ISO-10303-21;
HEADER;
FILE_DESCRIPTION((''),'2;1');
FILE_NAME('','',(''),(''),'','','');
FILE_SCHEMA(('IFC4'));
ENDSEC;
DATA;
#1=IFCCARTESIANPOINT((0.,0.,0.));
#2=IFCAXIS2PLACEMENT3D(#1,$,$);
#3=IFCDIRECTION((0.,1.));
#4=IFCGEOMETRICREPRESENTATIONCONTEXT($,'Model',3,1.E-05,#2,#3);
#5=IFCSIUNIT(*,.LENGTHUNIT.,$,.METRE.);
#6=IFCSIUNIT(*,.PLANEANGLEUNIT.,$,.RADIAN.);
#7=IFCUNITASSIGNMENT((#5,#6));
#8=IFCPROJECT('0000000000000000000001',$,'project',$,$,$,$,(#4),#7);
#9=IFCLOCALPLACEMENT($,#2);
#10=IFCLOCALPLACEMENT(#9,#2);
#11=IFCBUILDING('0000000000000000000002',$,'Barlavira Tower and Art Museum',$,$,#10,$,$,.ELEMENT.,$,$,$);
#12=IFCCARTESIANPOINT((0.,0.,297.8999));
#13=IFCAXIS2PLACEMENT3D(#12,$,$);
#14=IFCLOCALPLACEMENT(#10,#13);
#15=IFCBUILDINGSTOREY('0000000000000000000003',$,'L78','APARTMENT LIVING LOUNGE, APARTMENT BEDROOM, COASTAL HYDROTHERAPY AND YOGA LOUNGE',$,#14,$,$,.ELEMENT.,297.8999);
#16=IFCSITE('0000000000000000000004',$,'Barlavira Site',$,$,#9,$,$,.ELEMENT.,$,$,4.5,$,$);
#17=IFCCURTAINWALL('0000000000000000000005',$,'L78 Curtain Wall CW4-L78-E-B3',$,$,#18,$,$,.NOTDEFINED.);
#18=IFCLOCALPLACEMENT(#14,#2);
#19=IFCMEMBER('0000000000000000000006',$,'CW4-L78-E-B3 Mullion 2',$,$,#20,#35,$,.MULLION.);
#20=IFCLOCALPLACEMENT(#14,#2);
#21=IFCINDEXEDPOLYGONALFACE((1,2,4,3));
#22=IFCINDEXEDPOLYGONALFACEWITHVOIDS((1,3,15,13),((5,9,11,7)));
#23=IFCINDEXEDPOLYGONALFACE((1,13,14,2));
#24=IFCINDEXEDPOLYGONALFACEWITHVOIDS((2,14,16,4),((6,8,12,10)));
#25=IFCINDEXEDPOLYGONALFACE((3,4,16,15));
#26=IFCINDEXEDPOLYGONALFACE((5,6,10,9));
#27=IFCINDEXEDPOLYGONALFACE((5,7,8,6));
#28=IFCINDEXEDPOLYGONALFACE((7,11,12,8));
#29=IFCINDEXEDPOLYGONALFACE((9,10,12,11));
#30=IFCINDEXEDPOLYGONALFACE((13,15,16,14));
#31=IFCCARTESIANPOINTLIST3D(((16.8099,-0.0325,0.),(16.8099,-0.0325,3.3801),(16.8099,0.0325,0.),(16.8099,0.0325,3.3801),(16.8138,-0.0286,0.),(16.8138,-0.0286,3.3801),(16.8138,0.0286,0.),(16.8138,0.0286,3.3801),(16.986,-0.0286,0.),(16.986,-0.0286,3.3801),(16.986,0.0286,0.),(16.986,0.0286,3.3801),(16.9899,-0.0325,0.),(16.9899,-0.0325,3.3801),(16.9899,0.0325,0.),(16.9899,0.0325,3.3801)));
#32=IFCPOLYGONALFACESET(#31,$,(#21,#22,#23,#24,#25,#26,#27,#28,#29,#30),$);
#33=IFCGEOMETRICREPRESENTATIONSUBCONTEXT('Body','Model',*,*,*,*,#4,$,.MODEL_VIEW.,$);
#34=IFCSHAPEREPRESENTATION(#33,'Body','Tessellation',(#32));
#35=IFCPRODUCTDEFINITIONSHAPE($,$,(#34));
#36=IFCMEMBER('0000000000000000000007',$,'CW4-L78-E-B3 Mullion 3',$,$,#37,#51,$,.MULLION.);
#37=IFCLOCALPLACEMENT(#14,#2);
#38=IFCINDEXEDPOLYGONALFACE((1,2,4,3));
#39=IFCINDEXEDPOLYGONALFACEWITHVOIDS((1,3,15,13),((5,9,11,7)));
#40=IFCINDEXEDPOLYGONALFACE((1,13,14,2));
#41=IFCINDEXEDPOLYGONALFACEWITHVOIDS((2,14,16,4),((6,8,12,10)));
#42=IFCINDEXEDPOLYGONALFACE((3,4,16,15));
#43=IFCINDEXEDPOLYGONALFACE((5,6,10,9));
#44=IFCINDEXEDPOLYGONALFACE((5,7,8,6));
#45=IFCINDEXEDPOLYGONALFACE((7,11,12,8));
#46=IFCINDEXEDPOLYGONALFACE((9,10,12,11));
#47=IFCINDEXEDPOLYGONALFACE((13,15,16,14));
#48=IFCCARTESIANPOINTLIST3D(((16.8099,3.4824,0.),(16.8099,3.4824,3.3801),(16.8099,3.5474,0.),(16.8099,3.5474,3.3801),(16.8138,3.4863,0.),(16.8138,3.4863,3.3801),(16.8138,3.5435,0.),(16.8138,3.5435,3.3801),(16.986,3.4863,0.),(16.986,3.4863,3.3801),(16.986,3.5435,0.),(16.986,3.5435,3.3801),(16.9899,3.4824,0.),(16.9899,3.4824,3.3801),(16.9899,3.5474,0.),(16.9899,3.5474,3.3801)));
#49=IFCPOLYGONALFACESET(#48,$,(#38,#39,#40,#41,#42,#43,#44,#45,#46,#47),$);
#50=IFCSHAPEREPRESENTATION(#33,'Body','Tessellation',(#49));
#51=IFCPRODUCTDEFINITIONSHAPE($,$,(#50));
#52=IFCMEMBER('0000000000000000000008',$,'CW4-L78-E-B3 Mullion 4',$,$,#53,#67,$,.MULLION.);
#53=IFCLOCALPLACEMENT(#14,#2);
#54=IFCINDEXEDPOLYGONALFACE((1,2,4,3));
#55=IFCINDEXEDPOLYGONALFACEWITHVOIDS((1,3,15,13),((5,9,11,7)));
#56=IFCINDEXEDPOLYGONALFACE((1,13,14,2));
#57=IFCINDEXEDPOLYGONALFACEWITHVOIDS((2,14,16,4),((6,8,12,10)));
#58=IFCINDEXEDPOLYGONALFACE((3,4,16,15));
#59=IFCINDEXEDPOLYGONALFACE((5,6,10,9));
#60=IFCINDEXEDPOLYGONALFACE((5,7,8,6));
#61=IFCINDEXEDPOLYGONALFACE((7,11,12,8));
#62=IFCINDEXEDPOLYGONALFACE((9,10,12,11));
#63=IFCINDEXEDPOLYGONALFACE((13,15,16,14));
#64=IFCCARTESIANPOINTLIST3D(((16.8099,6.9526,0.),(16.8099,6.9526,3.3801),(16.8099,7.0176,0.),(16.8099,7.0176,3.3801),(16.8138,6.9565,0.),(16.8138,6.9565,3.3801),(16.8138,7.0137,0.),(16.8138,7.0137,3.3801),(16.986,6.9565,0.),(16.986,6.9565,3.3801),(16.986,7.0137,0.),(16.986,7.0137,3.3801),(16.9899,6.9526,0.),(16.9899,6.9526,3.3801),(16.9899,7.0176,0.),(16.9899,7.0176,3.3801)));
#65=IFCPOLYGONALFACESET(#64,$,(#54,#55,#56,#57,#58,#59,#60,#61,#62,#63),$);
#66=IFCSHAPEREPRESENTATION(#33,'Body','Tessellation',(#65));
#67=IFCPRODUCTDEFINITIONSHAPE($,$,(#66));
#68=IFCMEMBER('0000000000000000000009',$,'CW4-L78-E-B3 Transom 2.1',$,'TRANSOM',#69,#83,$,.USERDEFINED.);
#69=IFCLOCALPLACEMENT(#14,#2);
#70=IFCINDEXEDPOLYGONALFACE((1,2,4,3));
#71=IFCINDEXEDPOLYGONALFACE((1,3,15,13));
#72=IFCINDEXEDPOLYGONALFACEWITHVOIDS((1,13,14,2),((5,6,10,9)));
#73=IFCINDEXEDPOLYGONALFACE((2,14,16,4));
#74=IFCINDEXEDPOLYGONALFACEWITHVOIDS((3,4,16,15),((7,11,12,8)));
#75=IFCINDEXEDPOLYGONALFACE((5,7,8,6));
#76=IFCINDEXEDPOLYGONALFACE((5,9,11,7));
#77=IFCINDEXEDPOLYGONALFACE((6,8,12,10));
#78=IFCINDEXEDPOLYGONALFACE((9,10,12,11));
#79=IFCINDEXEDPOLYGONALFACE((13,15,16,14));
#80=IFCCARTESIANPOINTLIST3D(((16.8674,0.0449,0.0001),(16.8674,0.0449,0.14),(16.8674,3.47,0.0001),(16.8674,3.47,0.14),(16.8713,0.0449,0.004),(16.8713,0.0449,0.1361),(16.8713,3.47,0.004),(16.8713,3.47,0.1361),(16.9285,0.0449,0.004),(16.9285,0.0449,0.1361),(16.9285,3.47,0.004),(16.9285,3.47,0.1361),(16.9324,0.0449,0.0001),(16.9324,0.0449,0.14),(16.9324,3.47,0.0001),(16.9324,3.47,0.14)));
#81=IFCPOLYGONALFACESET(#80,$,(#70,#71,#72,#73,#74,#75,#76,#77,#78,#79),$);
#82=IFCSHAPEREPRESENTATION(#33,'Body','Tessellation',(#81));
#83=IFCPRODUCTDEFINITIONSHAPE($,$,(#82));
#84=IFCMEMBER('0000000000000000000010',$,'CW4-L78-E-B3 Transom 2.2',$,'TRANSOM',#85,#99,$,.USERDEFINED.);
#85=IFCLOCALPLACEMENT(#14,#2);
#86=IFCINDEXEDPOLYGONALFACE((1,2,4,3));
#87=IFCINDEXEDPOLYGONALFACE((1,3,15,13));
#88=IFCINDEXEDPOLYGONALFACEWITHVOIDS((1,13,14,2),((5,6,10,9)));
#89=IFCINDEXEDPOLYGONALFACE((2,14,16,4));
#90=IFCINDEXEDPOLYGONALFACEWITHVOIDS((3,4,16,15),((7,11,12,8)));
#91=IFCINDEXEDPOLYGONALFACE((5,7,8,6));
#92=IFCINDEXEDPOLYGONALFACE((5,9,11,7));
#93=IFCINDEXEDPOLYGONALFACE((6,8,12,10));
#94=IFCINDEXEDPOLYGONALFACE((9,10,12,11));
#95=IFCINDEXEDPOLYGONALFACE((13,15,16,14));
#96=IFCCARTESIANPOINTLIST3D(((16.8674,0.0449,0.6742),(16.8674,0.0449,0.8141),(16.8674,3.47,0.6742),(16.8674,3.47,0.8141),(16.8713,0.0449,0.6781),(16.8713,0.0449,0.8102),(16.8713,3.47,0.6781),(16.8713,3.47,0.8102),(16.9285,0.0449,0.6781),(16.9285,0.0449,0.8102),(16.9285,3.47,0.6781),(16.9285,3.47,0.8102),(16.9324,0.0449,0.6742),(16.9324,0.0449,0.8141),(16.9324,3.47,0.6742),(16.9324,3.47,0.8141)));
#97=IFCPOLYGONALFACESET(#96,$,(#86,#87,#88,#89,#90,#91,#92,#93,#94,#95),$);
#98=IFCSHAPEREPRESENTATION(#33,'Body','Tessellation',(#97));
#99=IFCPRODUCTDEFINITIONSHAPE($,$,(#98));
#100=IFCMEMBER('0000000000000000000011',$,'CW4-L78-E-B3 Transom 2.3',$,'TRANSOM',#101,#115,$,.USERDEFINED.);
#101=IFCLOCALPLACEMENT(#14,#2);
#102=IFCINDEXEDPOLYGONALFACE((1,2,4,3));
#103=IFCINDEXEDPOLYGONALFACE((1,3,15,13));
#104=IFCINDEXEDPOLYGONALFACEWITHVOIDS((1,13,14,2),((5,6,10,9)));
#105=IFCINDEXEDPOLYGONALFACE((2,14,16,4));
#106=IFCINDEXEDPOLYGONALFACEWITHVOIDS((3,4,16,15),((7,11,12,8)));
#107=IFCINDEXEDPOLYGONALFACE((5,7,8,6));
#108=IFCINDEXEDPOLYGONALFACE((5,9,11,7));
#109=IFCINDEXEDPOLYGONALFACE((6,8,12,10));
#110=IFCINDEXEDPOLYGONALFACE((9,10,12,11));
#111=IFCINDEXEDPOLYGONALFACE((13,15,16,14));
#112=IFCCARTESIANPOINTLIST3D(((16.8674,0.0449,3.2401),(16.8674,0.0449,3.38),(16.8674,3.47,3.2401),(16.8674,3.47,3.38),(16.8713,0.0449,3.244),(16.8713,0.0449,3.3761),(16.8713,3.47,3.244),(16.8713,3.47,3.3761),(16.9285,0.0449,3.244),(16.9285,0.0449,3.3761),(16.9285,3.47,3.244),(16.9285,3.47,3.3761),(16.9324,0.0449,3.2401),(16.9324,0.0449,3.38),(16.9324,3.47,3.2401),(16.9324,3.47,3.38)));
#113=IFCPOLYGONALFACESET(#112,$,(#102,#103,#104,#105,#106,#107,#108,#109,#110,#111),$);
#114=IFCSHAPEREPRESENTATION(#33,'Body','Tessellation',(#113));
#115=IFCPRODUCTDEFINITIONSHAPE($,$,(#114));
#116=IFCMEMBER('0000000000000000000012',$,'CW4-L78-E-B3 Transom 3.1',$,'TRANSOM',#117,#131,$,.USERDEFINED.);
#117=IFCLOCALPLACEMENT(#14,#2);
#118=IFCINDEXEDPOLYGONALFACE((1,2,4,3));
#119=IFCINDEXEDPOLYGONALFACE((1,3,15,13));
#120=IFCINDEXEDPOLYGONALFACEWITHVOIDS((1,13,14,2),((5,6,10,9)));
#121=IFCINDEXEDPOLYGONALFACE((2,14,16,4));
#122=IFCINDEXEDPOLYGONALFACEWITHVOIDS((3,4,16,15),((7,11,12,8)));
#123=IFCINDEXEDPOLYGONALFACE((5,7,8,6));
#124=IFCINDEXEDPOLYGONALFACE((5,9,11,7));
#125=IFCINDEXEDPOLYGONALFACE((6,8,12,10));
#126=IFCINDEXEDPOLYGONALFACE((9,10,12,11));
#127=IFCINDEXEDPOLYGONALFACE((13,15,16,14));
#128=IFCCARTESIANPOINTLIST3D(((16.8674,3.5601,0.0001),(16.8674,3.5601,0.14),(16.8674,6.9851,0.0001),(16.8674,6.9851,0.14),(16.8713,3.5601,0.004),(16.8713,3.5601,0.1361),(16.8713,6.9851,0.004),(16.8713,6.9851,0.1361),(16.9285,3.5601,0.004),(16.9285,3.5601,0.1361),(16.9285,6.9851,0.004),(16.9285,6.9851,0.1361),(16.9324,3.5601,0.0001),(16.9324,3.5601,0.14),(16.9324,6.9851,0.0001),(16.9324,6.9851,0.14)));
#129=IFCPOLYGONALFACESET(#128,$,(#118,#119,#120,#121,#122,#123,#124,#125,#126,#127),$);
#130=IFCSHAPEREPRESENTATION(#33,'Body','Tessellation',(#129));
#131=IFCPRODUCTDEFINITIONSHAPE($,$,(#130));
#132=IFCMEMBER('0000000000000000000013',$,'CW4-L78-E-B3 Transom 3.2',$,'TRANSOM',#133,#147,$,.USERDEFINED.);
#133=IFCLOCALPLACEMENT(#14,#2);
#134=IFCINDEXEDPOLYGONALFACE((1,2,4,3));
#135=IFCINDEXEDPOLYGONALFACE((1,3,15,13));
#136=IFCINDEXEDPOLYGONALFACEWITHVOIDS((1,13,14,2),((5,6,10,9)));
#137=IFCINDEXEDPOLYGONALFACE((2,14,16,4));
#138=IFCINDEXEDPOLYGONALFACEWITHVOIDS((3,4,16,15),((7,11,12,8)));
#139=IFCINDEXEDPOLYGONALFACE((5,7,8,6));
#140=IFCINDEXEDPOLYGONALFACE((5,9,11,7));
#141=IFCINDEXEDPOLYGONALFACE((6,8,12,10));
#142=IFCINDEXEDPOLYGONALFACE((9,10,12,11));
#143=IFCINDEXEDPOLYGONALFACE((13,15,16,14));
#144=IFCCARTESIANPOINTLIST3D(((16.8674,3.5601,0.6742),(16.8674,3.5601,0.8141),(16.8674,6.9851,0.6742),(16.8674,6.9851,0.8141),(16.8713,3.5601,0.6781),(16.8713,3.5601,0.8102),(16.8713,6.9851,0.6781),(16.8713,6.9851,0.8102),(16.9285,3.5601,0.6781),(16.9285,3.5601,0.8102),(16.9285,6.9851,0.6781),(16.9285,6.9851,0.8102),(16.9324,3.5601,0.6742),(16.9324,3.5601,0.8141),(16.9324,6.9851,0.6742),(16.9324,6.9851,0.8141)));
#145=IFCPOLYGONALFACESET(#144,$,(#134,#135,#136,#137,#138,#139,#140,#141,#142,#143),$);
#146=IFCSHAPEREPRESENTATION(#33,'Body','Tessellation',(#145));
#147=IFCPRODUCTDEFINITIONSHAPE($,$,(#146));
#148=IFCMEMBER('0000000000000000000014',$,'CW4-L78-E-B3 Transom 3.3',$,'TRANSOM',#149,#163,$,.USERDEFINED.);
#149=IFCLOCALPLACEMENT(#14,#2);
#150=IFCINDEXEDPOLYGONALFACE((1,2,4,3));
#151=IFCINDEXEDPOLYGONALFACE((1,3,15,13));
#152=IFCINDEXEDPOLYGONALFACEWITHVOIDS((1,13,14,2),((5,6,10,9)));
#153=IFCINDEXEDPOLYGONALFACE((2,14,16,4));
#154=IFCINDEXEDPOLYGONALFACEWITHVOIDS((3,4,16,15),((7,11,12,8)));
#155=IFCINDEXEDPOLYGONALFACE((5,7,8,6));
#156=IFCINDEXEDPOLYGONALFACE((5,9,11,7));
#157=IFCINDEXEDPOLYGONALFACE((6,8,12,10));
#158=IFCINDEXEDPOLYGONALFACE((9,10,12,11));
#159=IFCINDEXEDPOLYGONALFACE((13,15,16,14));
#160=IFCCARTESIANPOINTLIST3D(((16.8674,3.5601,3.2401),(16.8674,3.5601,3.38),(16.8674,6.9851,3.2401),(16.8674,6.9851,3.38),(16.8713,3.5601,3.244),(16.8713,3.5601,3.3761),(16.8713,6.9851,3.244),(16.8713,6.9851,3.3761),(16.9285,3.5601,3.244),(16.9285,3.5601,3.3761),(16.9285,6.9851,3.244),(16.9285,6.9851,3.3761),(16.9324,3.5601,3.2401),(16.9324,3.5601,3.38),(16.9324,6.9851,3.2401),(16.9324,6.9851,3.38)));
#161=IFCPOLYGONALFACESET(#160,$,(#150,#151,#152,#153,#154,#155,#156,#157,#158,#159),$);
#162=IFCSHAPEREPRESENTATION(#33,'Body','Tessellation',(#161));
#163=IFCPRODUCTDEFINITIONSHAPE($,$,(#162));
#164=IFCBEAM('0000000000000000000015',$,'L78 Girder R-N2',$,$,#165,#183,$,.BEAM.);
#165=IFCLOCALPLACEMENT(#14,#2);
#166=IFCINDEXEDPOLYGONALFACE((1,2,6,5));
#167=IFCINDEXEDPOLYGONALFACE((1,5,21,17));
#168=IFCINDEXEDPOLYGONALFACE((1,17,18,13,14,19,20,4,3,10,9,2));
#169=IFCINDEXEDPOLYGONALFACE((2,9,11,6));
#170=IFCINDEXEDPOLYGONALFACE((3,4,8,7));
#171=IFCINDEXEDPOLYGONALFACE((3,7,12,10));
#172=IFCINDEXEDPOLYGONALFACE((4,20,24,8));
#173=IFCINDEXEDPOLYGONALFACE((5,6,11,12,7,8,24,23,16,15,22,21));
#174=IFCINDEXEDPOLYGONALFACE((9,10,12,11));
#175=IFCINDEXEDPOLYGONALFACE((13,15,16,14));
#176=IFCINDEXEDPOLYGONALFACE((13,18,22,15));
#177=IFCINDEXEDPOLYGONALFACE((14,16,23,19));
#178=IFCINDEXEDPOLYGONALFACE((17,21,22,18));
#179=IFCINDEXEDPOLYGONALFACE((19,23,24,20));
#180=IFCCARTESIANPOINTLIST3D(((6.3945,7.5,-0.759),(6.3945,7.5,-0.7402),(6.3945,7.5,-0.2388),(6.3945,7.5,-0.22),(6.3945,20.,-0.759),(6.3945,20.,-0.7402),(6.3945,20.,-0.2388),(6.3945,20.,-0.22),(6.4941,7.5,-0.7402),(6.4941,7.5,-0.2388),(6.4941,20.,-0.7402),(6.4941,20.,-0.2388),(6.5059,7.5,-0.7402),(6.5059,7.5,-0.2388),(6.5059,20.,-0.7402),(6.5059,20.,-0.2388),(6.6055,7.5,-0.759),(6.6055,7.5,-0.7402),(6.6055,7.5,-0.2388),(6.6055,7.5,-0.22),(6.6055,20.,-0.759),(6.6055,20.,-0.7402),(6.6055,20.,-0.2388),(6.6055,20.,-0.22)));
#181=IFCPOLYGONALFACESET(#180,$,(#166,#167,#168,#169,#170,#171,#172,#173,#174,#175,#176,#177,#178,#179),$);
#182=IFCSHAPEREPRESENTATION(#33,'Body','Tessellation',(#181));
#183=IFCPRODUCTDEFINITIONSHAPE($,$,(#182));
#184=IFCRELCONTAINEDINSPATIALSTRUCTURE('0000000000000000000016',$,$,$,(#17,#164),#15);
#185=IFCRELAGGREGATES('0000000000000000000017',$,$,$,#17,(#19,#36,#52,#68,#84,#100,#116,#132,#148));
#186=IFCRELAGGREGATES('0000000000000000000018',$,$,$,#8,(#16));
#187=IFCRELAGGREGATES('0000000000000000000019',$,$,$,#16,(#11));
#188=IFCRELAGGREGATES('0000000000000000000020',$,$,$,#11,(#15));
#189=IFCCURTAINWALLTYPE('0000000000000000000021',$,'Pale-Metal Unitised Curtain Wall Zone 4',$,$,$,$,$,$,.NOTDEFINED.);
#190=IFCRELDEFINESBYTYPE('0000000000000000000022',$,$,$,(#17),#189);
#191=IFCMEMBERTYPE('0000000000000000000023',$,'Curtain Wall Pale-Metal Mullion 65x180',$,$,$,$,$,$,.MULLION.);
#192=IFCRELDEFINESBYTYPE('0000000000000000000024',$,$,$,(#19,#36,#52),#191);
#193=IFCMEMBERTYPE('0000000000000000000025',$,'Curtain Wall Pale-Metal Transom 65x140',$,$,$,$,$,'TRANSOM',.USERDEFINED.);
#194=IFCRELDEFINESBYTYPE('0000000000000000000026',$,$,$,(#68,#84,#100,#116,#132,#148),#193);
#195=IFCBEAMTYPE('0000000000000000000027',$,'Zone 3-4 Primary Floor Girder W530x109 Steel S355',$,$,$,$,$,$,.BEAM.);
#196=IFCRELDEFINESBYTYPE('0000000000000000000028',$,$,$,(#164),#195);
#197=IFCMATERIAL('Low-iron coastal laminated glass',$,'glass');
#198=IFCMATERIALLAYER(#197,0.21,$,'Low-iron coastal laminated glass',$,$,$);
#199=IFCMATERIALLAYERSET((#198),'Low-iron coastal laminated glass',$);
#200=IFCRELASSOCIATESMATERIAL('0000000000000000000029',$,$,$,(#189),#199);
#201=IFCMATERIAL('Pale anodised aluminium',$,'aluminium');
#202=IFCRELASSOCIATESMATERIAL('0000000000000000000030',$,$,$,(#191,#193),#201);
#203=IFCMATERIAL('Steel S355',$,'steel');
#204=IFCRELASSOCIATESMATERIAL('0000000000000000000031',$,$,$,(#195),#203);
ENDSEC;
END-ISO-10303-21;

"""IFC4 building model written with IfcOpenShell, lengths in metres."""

from ifc_helpers import new_model, si_unit, direction, frame, origin, origin_2d, place, context, subcontext, project, spatial, hollow_rectangle, i_section, extrude, material, layer, layer_set, material_profile, profile_set, type_object, element, aggregate, save


model = new_model("IFC4")

# Units and contexts
model_context = context("Model", 3, precision=1e-05, world=origin(), true_north=direction((0.0, 1.0)))
body_context = subcontext(model_context, "Body", "Model", "MODEL_VIEW")
ifc_project = project(units=[si_unit("LENGTHUNIT", "METRE"), si_unit("PLANEANGLEUNIT", "RADIAN")], contexts=[model_context])

# Site, building, storey
site_placement = place(None, origin())
site = spatial("IfcSite", under=ifc_project, at=site_placement, Name="Barlavira Site", CompositionType="ELEMENT", RefElevation=4.5)
building_placement = place(site_placement, origin())
building = spatial("IfcBuilding", under=site, at=building_placement, Name="Barlavira Tower and Art Museum", CompositionType="ELEMENT")
storey_placement = place(building_placement, frame((0.0, 0.0, 297.8999)))
storey = spatial("IfcBuildingStorey", under=building, at=storey_placement, Name="L78", Description="APARTMENT LIVING LOUNGE, APARTMENT BEDROOM, COASTAL HYDROTHERAPY AND YOGA LOUNGE", CompositionType="ELEMENT", Elevation=297.8999)

# Curtain wall, members
ifc_material_1 = material(Name="Low-iron coastal laminated glass", Category="glass")
ifc_layer_1 = layer(ifc_material_1, 0.21, Name="Low-iron coastal laminated glass")
ifc_layer_set_1 = layer_set([ifc_layer_1], Name="Low-iron coastal laminated glass")
curtain_wall_type = type_object("IfcCurtainWallType", Name="Pale-Metal Unitised Curtain Wall Zone 4", PredefinedType="NOTDEFINED", material=ifc_layer_set_1)
curtain_wall_placement = place(storey_placement, origin())
curtain_wall = element("IfcCurtainWall", 1, at=curtain_wall_placement, inside=storey, type_object=curtain_wall_type, Name="L78 Curtain Wall CW4-L78-E-B3", PredefinedType="NOTDEFINED")
ifc_material_2 = material(Name="Pale anodised aluminium", Category="aluminium")
ifc_material_profile_1 = material_profile(ifc_material_2, hollow_rectangle(XDim=0.0649, YDim=0.1799, WallThickness=0.0039, at=origin_2d()), Name="ALU-MULL 65x180x4")
ifc_profile_set_1 = profile_set([ifc_material_profile_1], Name="Pale anodised aluminium")
member_type_1 = type_object("IfcMemberType", Name="Curtain Wall Pale-Metal Mullion 65x180", PredefinedType="MULLION", material=ifc_profile_set_1)
member_1_placement = place(storey_placement, frame((16.8999, 0.0, 0.0), z_axis=(0.0, 0.0, 1.0), x_axis=(0.0, 1.0, 0.0)))
member_1 = element("IfcMember", 2, at=member_1_placement, type_object=member_type_1, Name="CW4-L78-E-B3 Mullion 2", PredefinedType="MULLION", context=body_context, shape_type="SweptSolid", body=[
    extrude(hollow_rectangle(XDim=0.0649, YDim=0.1799, WallThickness=0.0039, at=origin_2d()), origin(), (0.0, 0.0, 1.0), 3.3801),
])
member_2_placement = place(storey_placement, frame((16.8999, 3.5149, 0.0), z_axis=(0.0, 0.0, 1.0), x_axis=(0.0, 1.0, 0.0)))
member_2 = element("IfcMember", 3, at=member_2_placement, type_object=member_type_1, Name="CW4-L78-E-B3 Mullion 3", PredefinedType="MULLION", context=body_context, shape_type="SweptSolid", body=[
    extrude(hollow_rectangle(XDim=0.0649, YDim=0.1799, WallThickness=0.0039, at=origin_2d()), origin(), (0.0, 0.0, 1.0), 3.3801),
])
member_3_placement = place(storey_placement, frame((16.8999, 6.9851, 0.0), z_axis=(0.0, 0.0, 1.0), x_axis=(0.0, 1.0, 0.0)))
member_3 = element("IfcMember", 4, at=member_3_placement, type_object=member_type_1, Name="CW4-L78-E-B3 Mullion 4", PredefinedType="MULLION", context=body_context, shape_type="SweptSolid", body=[
    extrude(hollow_rectangle(XDim=0.0649, YDim=0.1799, WallThickness=0.0039, at=origin_2d()), origin(), (0.0, 0.0, 1.0), 3.3801),
])
ifc_material_profile_2 = material_profile(ifc_material_2, hollow_rectangle(XDim=0.0649, YDim=0.1399, WallThickness=0.0039, at=origin_2d()), Name="ALU-TRAN 65x140x4")
ifc_profile_set_2 = profile_set([ifc_material_profile_2], Name="Pale anodised aluminium")
member_type_2 = type_object("IfcMemberType", Name="Curtain Wall Pale-Metal Transom 65x140", ElementType="TRANSOM", PredefinedType="USERDEFINED", material=ifc_profile_set_2)
member_4_placement = place(storey_placement, frame((16.8999, 0.0449, 0.0701), z_axis=(0.0, 1.0, 0.0), x_axis=(-1.0, 0.0, 0.0)))
member_4 = element("IfcMember", 5, at=member_4_placement, type_object=member_type_2, Name="CW4-L78-E-B3 Transom 2.1", ObjectType="TRANSOM", PredefinedType="USERDEFINED", context=body_context, shape_type="SweptSolid", body=[
    extrude(hollow_rectangle(XDim=0.0649, YDim=0.1399, WallThickness=0.0039, at=origin_2d()), origin(), (0.0, 0.0, 1.0), 3.425),
])
member_5_placement = place(storey_placement, frame((16.8999, 0.0449, 0.7441), z_axis=(0.0, 1.0, 0.0), x_axis=(-1.0, 0.0, 0.0)))
member_5 = element("IfcMember", 6, at=member_5_placement, type_object=member_type_2, Name="CW4-L78-E-B3 Transom 2.2", ObjectType="TRANSOM", PredefinedType="USERDEFINED", context=body_context, shape_type="SweptSolid", body=[
    extrude(hollow_rectangle(XDim=0.0649, YDim=0.1399, WallThickness=0.0039, at=origin_2d()), origin(), (0.0, 0.0, 1.0), 3.425),
])
member_6_placement = place(storey_placement, frame((16.8999, 0.0449, 3.3101), z_axis=(0.0, 1.0, 0.0), x_axis=(-1.0, 0.0, 0.0)))
member_6 = element("IfcMember", 7, at=member_6_placement, type_object=member_type_2, Name="CW4-L78-E-B3 Transom 2.3", ObjectType="TRANSOM", PredefinedType="USERDEFINED", context=body_context, shape_type="SweptSolid", body=[
    extrude(hollow_rectangle(XDim=0.0649, YDim=0.1399, WallThickness=0.0039, at=origin_2d()), origin(), (0.0, 0.0, 1.0), 3.425),
])
member_7_placement = place(storey_placement, frame((16.8999, 3.5601, 0.0701), z_axis=(0.0, 1.0, 0.0), x_axis=(-1.0, 0.0, 0.0)))
member_7 = element("IfcMember", 8, at=member_7_placement, type_object=member_type_2, Name="CW4-L78-E-B3 Transom 3.1", ObjectType="TRANSOM", PredefinedType="USERDEFINED", context=body_context, shape_type="SweptSolid", body=[
    extrude(hollow_rectangle(XDim=0.0649, YDim=0.1399, WallThickness=0.0039, at=origin_2d()), origin(), (0.0, 0.0, 1.0), 3.425),
])
member_8_placement = place(storey_placement, frame((16.8999, 3.5601, 0.7441), z_axis=(0.0, 1.0, 0.0), x_axis=(-1.0, 0.0, 0.0)))
member_8 = element("IfcMember", 9, at=member_8_placement, type_object=member_type_2, Name="CW4-L78-E-B3 Transom 3.2", ObjectType="TRANSOM", PredefinedType="USERDEFINED", context=body_context, shape_type="SweptSolid", body=[
    extrude(hollow_rectangle(XDim=0.0649, YDim=0.1399, WallThickness=0.0039, at=origin_2d()), origin(), (0.0, 0.0, 1.0), 3.425),
])
member_9_placement = place(storey_placement, frame((16.8999, 3.5601, 3.3101), z_axis=(0.0, 1.0, 0.0), x_axis=(-1.0, 0.0, 0.0)))
member_9 = element("IfcMember", 10, at=member_9_placement, type_object=member_type_2, Name="CW4-L78-E-B3 Transom 3.3", ObjectType="TRANSOM", PredefinedType="USERDEFINED", context=body_context, shape_type="SweptSolid", body=[
    extrude(hollow_rectangle(XDim=0.0649, YDim=0.1399, WallThickness=0.0039, at=origin_2d()), origin(), (0.0, 0.0, 1.0), 3.425),
])

# Beam
ifc_material_3 = material(Name="Steel S355", Category="steel")
ifc_material_profile_3 = material_profile(ifc_material_3, i_section(OverallWidth=0.2109, OverallDepth=0.5391, WebThickness=0.0117, FlangeThickness=0.0188, at=origin_2d()), Name="W530x109.0")
ifc_profile_set_3 = profile_set([ifc_material_profile_3], Name="Steel S355")
beam_type = type_object("IfcBeamType", Name="Zone 3-4 Primary Floor Girder W530x109 Steel S355", PredefinedType="BEAM", material=ifc_profile_set_3)
beam_placement = place(storey_placement, frame((6.5, 7.5, -0.4895), z_axis=(0.0, 1.0, 0.0), x_axis=(-1.0, 0.0, 0.0)))
element("IfcBeam", 11, at=beam_placement, inside=storey, type_object=beam_type, Name="L78 Girder R-N2", PredefinedType="BEAM", context=body_context, shape_type="SweptSolid", body=[
    extrude(i_section(OverallWidth=0.2109, OverallDepth=0.5391, WebThickness=0.0117, FlangeThickness=0.0188, at=origin_2d()), origin(), (0.0, 0.0, 1.0), 12.5),
])

aggregate(curtain_wall, [member_1, member_2, member_3, member_4, member_5, member_6, member_7, member_8, member_9])

save(model, "model.ifc")
